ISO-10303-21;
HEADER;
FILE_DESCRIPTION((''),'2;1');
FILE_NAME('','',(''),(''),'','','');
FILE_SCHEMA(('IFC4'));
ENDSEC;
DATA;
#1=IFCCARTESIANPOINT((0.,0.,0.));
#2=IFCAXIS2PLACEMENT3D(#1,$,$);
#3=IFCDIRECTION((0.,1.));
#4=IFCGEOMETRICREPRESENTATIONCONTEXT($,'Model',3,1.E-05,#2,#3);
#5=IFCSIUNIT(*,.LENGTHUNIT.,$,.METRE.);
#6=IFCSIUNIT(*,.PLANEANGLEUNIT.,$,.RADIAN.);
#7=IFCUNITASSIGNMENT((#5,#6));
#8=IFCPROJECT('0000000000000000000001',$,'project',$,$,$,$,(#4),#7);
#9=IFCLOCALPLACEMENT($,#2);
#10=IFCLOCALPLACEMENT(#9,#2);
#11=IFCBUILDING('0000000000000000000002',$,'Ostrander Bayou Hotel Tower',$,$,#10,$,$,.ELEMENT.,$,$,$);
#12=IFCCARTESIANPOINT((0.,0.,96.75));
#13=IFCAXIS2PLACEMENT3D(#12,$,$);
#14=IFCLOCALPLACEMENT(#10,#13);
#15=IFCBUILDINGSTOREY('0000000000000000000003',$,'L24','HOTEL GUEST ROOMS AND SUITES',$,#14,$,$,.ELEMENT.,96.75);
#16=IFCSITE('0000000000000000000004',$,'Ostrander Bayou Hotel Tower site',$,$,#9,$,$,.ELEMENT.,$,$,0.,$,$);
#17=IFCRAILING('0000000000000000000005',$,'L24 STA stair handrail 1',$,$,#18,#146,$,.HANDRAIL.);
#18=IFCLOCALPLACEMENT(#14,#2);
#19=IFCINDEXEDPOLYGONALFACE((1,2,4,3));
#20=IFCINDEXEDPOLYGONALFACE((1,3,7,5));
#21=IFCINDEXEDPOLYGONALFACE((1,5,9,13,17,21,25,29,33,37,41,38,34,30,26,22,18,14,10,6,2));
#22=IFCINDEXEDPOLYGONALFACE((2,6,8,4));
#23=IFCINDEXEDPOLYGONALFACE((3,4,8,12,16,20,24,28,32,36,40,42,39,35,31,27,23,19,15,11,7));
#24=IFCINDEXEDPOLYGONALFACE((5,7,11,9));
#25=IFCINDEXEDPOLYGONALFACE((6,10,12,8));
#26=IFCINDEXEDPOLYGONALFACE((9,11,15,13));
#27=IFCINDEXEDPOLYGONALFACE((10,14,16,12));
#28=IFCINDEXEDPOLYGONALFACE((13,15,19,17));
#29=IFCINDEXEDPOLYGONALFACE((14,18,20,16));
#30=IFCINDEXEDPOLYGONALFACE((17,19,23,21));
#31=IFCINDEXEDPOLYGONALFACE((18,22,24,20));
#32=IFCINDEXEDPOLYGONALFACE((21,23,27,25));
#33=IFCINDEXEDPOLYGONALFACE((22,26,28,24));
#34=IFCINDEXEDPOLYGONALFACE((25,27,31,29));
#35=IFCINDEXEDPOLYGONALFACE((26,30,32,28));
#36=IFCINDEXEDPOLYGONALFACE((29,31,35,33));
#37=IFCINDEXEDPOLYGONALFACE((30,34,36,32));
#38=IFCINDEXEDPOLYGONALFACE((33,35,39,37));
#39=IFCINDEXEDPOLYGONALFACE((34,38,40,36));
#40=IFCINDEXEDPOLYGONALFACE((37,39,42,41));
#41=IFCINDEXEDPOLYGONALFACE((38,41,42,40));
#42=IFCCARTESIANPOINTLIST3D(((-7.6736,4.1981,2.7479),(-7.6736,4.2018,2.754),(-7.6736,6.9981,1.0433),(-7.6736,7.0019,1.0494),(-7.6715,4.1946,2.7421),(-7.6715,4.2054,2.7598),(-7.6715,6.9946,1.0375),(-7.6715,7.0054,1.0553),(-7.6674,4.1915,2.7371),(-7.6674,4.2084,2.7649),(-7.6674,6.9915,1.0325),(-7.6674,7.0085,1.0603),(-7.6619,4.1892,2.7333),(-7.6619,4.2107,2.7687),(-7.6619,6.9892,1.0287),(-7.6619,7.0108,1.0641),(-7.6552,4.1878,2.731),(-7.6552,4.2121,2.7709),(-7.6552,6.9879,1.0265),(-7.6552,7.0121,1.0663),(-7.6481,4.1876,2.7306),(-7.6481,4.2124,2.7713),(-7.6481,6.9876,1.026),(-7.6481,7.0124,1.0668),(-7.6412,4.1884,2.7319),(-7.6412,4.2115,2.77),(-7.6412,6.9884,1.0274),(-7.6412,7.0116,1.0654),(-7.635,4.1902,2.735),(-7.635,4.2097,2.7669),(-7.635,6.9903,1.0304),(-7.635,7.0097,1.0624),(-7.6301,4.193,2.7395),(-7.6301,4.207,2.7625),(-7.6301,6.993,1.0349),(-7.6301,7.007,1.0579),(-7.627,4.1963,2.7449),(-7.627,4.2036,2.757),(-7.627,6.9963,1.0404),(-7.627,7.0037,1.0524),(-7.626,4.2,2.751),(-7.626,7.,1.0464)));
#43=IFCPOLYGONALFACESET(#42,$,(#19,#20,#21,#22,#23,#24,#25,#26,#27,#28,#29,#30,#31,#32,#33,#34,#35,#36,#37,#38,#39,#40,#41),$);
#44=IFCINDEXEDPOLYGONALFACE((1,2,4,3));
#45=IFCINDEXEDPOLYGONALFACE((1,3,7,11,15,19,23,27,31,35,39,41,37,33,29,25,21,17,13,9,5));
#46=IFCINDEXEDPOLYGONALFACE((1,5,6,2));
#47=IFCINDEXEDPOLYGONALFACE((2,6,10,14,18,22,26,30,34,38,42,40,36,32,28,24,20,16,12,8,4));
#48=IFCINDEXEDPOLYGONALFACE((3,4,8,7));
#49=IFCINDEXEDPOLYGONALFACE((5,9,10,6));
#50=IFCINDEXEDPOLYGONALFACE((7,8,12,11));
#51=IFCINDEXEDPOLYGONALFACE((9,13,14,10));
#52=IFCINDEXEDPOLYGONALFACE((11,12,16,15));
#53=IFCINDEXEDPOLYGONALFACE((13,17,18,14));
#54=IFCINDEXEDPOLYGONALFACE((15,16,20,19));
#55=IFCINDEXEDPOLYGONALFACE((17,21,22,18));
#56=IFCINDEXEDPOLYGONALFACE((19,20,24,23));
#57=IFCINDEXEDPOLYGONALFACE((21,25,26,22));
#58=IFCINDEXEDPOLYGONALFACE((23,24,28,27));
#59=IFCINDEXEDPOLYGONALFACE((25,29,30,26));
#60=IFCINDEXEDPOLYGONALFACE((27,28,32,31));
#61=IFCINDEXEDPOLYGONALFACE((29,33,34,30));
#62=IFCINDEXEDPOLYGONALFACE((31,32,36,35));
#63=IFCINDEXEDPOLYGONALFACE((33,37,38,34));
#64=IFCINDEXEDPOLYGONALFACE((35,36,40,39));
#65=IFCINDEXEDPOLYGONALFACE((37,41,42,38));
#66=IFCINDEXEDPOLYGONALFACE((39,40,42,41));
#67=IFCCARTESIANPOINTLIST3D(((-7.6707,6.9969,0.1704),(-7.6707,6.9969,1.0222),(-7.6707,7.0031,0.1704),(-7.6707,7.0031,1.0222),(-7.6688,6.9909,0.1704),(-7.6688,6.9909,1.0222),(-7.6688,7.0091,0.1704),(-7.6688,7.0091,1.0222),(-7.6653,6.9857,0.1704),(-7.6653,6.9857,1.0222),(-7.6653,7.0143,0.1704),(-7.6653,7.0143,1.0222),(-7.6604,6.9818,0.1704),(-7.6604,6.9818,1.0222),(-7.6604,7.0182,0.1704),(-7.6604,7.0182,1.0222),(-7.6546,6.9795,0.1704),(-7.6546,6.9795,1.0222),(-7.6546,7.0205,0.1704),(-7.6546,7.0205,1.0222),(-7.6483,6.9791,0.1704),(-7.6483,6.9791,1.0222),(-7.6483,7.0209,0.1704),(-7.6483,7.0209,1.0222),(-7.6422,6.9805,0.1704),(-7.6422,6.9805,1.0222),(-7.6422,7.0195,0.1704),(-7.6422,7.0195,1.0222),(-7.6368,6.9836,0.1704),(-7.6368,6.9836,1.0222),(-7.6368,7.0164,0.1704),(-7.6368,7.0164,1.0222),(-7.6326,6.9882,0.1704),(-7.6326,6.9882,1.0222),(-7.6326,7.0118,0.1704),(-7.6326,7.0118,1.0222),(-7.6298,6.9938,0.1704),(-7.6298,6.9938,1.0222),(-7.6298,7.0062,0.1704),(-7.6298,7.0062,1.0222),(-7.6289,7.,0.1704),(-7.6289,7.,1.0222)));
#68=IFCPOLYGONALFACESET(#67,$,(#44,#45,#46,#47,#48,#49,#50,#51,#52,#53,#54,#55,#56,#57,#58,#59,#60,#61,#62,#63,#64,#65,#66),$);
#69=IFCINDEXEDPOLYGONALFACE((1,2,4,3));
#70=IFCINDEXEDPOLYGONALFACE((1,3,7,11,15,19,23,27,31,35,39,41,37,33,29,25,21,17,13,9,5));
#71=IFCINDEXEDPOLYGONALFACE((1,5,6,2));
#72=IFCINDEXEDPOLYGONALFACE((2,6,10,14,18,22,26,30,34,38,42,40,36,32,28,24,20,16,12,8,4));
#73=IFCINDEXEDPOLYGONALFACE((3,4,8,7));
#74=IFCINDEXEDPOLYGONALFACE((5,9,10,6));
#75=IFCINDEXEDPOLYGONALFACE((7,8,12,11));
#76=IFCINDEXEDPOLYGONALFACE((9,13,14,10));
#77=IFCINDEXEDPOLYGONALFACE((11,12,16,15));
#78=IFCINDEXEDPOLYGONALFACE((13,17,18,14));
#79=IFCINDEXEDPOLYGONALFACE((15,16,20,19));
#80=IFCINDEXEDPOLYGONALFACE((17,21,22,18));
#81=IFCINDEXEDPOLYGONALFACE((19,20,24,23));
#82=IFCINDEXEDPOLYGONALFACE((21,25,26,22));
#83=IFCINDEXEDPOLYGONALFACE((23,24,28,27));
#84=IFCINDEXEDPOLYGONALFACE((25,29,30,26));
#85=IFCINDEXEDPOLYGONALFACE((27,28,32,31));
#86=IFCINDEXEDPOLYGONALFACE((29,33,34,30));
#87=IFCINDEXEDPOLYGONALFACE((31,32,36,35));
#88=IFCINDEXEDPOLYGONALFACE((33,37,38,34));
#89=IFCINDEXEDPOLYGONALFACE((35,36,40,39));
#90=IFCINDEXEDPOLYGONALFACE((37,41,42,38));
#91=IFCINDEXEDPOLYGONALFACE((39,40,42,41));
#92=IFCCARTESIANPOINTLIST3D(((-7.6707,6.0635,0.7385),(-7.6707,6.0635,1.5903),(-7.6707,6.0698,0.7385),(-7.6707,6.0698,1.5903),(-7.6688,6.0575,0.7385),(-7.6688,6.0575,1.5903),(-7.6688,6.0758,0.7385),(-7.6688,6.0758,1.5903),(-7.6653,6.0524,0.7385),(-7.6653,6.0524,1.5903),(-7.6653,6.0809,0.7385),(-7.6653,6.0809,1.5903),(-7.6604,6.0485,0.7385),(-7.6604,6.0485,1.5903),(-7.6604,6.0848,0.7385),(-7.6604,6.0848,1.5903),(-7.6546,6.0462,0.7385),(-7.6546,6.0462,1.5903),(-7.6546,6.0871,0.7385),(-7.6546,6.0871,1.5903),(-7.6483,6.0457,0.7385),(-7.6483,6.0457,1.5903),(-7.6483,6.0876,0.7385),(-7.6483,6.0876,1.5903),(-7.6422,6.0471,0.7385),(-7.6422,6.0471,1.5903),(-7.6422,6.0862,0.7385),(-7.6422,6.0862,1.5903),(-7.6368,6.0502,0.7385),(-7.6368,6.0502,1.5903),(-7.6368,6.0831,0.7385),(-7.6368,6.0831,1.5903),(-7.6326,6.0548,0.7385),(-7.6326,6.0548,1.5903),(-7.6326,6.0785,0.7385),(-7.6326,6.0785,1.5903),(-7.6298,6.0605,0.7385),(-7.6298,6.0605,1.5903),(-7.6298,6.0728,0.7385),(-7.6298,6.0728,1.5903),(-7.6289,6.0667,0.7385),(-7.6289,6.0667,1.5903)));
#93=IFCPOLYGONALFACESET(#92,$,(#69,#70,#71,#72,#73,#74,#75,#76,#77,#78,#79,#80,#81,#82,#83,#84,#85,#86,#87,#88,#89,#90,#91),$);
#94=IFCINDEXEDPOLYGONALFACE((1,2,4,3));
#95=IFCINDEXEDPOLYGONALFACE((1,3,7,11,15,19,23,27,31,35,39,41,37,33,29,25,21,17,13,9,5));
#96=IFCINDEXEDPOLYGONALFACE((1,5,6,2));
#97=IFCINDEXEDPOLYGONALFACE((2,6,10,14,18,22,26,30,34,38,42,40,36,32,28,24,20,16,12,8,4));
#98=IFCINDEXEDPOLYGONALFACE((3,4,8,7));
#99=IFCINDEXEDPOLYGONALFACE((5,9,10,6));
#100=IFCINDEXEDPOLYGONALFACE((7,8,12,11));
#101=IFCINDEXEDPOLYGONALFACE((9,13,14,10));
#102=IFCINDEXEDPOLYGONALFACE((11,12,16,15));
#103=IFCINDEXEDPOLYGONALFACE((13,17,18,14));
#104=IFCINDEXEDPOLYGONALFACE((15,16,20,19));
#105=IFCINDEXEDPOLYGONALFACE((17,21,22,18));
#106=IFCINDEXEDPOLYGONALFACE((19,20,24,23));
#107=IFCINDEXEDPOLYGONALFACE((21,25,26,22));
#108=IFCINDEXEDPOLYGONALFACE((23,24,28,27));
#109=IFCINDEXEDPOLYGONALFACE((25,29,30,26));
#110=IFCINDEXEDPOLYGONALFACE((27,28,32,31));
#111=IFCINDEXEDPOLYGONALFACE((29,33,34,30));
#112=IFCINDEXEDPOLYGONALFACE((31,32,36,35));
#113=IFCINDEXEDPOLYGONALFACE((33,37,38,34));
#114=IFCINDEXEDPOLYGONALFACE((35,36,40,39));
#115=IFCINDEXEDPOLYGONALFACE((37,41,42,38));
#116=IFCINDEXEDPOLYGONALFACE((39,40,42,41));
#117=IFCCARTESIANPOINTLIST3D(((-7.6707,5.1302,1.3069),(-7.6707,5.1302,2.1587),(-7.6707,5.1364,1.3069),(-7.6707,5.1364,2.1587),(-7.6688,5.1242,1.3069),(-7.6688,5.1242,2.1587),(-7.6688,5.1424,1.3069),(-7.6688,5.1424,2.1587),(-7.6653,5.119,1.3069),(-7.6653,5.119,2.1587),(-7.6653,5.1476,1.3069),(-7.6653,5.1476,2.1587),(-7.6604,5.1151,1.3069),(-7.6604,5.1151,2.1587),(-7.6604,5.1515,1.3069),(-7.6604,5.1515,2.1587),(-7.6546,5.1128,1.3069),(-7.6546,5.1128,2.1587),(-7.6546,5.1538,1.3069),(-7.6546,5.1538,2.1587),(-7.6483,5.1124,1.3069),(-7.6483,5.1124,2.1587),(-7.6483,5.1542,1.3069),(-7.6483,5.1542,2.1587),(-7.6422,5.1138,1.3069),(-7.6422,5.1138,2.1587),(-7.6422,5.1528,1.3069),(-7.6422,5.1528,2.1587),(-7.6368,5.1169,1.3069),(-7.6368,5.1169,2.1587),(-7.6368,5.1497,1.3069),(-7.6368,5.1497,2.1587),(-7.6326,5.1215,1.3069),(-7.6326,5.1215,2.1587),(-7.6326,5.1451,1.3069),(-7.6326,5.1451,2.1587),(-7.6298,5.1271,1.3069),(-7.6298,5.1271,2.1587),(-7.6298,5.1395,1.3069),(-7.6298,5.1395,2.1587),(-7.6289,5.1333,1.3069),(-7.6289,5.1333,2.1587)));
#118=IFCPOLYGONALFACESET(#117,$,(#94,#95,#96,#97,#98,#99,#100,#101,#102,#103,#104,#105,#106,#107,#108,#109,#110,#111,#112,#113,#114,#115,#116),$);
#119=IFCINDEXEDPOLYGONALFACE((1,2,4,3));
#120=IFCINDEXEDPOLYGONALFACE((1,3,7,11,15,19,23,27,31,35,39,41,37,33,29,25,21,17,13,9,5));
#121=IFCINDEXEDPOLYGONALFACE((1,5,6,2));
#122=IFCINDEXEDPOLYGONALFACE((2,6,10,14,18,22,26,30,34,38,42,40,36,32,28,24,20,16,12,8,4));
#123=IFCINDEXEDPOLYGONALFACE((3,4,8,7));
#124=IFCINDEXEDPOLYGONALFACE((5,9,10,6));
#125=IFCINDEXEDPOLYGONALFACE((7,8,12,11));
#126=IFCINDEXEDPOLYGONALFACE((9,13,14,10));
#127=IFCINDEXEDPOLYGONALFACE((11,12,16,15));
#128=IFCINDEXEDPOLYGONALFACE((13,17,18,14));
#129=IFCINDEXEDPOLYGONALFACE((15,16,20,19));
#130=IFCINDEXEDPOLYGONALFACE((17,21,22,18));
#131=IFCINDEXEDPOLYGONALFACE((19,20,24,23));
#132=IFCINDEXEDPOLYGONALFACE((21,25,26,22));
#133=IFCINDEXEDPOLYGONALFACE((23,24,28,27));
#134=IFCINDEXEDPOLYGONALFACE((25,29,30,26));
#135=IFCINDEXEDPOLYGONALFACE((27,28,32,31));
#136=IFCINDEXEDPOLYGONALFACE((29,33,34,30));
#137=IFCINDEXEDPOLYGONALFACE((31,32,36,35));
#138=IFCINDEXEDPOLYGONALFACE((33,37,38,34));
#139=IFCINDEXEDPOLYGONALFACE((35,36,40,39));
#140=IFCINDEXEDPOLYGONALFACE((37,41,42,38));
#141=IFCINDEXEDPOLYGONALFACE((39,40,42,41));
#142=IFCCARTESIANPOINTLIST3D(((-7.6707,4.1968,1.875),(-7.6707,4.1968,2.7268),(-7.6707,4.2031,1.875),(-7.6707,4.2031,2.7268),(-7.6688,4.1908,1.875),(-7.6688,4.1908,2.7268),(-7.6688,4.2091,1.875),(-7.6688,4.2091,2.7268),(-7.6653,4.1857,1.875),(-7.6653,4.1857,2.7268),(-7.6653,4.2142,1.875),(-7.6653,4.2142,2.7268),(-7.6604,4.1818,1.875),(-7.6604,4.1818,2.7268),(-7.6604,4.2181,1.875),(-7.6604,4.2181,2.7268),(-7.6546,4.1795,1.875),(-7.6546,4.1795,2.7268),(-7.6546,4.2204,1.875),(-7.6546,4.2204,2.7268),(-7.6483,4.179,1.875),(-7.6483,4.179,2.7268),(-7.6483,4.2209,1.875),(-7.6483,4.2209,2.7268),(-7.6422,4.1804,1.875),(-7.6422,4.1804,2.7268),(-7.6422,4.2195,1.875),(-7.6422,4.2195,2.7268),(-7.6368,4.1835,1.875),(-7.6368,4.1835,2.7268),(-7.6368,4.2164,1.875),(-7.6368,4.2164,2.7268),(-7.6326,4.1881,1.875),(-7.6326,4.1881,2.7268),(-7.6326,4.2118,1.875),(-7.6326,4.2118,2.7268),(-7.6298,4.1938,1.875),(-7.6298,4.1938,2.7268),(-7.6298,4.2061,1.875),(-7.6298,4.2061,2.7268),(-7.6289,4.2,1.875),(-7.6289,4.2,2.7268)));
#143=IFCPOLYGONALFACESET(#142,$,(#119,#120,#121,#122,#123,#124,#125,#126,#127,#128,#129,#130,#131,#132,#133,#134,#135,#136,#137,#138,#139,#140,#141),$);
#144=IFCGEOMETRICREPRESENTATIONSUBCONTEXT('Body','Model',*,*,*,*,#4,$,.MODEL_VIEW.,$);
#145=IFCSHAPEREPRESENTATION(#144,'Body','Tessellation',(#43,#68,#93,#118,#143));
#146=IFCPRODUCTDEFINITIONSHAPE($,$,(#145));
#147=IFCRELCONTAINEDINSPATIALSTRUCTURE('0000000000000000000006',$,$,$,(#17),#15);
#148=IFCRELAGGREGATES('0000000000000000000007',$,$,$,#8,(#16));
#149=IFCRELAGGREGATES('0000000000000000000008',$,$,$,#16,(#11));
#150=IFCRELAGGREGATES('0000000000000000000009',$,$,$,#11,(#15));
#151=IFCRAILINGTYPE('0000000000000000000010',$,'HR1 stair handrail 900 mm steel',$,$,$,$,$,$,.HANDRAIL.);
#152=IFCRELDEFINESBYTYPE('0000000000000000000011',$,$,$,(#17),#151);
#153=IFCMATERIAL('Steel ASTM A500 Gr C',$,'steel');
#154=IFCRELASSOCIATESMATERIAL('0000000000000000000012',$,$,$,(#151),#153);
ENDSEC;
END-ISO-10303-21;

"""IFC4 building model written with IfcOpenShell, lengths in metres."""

from ifc_helpers import new_model, si_unit, direction, frame, origin, origin_2d, place, context, subcontext, project, spatial, circle, extrude, material, type_object, element, save


model = new_model("IFC4")

# Units and contexts
model_context = context("Model", 3, precision=1e-05, world=origin(), true_north=direction((0.0, 1.0)))
body_context = subcontext(model_context, "Body", "Model", "MODEL_VIEW")
ifc_project = project(units=[si_unit("LENGTHUNIT", "METRE"), si_unit("PLANEANGLEUNIT", "RADIAN")], contexts=[model_context])

# Site, building, storey
site_placement = place(None, origin())
site = spatial("IfcSite", under=ifc_project, at=site_placement, Name="Ostrander Bayou Hotel Tower site", CompositionType="ELEMENT", RefElevation=0.0)
building_placement = place(site_placement, origin())
building = spatial("IfcBuilding", under=site, at=building_placement, Name="Ostrander Bayou Hotel Tower", CompositionType="ELEMENT")
storey_placement = place(building_placement, frame((0.0, 0.0, 96.75)))
storey = spatial("IfcBuildingStorey", under=building, at=storey_placement, Name="L24", Description="HOTEL GUEST ROOMS AND SUITES", CompositionType="ELEMENT", Elevation=96.75)

# Railing
ifc_material_1 = material(Name="Steel ASTM A500 Gr C", Category="steel")
railing_type_1 = type_object("IfcRailingType", Name="HR1 stair handrail 900 mm steel", PredefinedType="HANDRAIL", material=ifc_material_1)
railing_1_placement = place(storey_placement, frame((-7.6499, 7.0, 0.1704)))
element("IfcRailing", 1, at=railing_1_placement, inside=storey, type_object=railing_type_1, Name="L24 STA stair handrail 1", PredefinedType="HANDRAIL", context=body_context, shape_type="SweptSolid", body=[
    extrude(circle(Radius=0.0239, at=origin_2d()), frame((0.0, 0.0, 0.876), z_axis=(0.0, -0.85417, 0.519994), x_axis=(1.0, 0.0, 0.0)), (0.0, 0.0, 1.0), 3.2781),
    extrude(circle(Radius=0.021, at=origin_2d()), origin(), (0.0, 0.0, 1.0), 0.8518),
    extrude(circle(Radius=0.021, at=origin_2d()), frame((0.0, -0.9333, 0.5681)), (0.0, 0.0, 1.0), 0.8518),
    extrude(circle(Radius=0.021, at=origin_2d()), frame((0.0, -1.8667, 1.1365)), (0.0, 0.0, 1.0), 0.8518),
    extrude(circle(Radius=0.021, at=origin_2d()), frame((0.0, -2.8, 1.7046)), (0.0, 0.0, 1.0), 0.8518),
])

save(model, "model.ifc")
